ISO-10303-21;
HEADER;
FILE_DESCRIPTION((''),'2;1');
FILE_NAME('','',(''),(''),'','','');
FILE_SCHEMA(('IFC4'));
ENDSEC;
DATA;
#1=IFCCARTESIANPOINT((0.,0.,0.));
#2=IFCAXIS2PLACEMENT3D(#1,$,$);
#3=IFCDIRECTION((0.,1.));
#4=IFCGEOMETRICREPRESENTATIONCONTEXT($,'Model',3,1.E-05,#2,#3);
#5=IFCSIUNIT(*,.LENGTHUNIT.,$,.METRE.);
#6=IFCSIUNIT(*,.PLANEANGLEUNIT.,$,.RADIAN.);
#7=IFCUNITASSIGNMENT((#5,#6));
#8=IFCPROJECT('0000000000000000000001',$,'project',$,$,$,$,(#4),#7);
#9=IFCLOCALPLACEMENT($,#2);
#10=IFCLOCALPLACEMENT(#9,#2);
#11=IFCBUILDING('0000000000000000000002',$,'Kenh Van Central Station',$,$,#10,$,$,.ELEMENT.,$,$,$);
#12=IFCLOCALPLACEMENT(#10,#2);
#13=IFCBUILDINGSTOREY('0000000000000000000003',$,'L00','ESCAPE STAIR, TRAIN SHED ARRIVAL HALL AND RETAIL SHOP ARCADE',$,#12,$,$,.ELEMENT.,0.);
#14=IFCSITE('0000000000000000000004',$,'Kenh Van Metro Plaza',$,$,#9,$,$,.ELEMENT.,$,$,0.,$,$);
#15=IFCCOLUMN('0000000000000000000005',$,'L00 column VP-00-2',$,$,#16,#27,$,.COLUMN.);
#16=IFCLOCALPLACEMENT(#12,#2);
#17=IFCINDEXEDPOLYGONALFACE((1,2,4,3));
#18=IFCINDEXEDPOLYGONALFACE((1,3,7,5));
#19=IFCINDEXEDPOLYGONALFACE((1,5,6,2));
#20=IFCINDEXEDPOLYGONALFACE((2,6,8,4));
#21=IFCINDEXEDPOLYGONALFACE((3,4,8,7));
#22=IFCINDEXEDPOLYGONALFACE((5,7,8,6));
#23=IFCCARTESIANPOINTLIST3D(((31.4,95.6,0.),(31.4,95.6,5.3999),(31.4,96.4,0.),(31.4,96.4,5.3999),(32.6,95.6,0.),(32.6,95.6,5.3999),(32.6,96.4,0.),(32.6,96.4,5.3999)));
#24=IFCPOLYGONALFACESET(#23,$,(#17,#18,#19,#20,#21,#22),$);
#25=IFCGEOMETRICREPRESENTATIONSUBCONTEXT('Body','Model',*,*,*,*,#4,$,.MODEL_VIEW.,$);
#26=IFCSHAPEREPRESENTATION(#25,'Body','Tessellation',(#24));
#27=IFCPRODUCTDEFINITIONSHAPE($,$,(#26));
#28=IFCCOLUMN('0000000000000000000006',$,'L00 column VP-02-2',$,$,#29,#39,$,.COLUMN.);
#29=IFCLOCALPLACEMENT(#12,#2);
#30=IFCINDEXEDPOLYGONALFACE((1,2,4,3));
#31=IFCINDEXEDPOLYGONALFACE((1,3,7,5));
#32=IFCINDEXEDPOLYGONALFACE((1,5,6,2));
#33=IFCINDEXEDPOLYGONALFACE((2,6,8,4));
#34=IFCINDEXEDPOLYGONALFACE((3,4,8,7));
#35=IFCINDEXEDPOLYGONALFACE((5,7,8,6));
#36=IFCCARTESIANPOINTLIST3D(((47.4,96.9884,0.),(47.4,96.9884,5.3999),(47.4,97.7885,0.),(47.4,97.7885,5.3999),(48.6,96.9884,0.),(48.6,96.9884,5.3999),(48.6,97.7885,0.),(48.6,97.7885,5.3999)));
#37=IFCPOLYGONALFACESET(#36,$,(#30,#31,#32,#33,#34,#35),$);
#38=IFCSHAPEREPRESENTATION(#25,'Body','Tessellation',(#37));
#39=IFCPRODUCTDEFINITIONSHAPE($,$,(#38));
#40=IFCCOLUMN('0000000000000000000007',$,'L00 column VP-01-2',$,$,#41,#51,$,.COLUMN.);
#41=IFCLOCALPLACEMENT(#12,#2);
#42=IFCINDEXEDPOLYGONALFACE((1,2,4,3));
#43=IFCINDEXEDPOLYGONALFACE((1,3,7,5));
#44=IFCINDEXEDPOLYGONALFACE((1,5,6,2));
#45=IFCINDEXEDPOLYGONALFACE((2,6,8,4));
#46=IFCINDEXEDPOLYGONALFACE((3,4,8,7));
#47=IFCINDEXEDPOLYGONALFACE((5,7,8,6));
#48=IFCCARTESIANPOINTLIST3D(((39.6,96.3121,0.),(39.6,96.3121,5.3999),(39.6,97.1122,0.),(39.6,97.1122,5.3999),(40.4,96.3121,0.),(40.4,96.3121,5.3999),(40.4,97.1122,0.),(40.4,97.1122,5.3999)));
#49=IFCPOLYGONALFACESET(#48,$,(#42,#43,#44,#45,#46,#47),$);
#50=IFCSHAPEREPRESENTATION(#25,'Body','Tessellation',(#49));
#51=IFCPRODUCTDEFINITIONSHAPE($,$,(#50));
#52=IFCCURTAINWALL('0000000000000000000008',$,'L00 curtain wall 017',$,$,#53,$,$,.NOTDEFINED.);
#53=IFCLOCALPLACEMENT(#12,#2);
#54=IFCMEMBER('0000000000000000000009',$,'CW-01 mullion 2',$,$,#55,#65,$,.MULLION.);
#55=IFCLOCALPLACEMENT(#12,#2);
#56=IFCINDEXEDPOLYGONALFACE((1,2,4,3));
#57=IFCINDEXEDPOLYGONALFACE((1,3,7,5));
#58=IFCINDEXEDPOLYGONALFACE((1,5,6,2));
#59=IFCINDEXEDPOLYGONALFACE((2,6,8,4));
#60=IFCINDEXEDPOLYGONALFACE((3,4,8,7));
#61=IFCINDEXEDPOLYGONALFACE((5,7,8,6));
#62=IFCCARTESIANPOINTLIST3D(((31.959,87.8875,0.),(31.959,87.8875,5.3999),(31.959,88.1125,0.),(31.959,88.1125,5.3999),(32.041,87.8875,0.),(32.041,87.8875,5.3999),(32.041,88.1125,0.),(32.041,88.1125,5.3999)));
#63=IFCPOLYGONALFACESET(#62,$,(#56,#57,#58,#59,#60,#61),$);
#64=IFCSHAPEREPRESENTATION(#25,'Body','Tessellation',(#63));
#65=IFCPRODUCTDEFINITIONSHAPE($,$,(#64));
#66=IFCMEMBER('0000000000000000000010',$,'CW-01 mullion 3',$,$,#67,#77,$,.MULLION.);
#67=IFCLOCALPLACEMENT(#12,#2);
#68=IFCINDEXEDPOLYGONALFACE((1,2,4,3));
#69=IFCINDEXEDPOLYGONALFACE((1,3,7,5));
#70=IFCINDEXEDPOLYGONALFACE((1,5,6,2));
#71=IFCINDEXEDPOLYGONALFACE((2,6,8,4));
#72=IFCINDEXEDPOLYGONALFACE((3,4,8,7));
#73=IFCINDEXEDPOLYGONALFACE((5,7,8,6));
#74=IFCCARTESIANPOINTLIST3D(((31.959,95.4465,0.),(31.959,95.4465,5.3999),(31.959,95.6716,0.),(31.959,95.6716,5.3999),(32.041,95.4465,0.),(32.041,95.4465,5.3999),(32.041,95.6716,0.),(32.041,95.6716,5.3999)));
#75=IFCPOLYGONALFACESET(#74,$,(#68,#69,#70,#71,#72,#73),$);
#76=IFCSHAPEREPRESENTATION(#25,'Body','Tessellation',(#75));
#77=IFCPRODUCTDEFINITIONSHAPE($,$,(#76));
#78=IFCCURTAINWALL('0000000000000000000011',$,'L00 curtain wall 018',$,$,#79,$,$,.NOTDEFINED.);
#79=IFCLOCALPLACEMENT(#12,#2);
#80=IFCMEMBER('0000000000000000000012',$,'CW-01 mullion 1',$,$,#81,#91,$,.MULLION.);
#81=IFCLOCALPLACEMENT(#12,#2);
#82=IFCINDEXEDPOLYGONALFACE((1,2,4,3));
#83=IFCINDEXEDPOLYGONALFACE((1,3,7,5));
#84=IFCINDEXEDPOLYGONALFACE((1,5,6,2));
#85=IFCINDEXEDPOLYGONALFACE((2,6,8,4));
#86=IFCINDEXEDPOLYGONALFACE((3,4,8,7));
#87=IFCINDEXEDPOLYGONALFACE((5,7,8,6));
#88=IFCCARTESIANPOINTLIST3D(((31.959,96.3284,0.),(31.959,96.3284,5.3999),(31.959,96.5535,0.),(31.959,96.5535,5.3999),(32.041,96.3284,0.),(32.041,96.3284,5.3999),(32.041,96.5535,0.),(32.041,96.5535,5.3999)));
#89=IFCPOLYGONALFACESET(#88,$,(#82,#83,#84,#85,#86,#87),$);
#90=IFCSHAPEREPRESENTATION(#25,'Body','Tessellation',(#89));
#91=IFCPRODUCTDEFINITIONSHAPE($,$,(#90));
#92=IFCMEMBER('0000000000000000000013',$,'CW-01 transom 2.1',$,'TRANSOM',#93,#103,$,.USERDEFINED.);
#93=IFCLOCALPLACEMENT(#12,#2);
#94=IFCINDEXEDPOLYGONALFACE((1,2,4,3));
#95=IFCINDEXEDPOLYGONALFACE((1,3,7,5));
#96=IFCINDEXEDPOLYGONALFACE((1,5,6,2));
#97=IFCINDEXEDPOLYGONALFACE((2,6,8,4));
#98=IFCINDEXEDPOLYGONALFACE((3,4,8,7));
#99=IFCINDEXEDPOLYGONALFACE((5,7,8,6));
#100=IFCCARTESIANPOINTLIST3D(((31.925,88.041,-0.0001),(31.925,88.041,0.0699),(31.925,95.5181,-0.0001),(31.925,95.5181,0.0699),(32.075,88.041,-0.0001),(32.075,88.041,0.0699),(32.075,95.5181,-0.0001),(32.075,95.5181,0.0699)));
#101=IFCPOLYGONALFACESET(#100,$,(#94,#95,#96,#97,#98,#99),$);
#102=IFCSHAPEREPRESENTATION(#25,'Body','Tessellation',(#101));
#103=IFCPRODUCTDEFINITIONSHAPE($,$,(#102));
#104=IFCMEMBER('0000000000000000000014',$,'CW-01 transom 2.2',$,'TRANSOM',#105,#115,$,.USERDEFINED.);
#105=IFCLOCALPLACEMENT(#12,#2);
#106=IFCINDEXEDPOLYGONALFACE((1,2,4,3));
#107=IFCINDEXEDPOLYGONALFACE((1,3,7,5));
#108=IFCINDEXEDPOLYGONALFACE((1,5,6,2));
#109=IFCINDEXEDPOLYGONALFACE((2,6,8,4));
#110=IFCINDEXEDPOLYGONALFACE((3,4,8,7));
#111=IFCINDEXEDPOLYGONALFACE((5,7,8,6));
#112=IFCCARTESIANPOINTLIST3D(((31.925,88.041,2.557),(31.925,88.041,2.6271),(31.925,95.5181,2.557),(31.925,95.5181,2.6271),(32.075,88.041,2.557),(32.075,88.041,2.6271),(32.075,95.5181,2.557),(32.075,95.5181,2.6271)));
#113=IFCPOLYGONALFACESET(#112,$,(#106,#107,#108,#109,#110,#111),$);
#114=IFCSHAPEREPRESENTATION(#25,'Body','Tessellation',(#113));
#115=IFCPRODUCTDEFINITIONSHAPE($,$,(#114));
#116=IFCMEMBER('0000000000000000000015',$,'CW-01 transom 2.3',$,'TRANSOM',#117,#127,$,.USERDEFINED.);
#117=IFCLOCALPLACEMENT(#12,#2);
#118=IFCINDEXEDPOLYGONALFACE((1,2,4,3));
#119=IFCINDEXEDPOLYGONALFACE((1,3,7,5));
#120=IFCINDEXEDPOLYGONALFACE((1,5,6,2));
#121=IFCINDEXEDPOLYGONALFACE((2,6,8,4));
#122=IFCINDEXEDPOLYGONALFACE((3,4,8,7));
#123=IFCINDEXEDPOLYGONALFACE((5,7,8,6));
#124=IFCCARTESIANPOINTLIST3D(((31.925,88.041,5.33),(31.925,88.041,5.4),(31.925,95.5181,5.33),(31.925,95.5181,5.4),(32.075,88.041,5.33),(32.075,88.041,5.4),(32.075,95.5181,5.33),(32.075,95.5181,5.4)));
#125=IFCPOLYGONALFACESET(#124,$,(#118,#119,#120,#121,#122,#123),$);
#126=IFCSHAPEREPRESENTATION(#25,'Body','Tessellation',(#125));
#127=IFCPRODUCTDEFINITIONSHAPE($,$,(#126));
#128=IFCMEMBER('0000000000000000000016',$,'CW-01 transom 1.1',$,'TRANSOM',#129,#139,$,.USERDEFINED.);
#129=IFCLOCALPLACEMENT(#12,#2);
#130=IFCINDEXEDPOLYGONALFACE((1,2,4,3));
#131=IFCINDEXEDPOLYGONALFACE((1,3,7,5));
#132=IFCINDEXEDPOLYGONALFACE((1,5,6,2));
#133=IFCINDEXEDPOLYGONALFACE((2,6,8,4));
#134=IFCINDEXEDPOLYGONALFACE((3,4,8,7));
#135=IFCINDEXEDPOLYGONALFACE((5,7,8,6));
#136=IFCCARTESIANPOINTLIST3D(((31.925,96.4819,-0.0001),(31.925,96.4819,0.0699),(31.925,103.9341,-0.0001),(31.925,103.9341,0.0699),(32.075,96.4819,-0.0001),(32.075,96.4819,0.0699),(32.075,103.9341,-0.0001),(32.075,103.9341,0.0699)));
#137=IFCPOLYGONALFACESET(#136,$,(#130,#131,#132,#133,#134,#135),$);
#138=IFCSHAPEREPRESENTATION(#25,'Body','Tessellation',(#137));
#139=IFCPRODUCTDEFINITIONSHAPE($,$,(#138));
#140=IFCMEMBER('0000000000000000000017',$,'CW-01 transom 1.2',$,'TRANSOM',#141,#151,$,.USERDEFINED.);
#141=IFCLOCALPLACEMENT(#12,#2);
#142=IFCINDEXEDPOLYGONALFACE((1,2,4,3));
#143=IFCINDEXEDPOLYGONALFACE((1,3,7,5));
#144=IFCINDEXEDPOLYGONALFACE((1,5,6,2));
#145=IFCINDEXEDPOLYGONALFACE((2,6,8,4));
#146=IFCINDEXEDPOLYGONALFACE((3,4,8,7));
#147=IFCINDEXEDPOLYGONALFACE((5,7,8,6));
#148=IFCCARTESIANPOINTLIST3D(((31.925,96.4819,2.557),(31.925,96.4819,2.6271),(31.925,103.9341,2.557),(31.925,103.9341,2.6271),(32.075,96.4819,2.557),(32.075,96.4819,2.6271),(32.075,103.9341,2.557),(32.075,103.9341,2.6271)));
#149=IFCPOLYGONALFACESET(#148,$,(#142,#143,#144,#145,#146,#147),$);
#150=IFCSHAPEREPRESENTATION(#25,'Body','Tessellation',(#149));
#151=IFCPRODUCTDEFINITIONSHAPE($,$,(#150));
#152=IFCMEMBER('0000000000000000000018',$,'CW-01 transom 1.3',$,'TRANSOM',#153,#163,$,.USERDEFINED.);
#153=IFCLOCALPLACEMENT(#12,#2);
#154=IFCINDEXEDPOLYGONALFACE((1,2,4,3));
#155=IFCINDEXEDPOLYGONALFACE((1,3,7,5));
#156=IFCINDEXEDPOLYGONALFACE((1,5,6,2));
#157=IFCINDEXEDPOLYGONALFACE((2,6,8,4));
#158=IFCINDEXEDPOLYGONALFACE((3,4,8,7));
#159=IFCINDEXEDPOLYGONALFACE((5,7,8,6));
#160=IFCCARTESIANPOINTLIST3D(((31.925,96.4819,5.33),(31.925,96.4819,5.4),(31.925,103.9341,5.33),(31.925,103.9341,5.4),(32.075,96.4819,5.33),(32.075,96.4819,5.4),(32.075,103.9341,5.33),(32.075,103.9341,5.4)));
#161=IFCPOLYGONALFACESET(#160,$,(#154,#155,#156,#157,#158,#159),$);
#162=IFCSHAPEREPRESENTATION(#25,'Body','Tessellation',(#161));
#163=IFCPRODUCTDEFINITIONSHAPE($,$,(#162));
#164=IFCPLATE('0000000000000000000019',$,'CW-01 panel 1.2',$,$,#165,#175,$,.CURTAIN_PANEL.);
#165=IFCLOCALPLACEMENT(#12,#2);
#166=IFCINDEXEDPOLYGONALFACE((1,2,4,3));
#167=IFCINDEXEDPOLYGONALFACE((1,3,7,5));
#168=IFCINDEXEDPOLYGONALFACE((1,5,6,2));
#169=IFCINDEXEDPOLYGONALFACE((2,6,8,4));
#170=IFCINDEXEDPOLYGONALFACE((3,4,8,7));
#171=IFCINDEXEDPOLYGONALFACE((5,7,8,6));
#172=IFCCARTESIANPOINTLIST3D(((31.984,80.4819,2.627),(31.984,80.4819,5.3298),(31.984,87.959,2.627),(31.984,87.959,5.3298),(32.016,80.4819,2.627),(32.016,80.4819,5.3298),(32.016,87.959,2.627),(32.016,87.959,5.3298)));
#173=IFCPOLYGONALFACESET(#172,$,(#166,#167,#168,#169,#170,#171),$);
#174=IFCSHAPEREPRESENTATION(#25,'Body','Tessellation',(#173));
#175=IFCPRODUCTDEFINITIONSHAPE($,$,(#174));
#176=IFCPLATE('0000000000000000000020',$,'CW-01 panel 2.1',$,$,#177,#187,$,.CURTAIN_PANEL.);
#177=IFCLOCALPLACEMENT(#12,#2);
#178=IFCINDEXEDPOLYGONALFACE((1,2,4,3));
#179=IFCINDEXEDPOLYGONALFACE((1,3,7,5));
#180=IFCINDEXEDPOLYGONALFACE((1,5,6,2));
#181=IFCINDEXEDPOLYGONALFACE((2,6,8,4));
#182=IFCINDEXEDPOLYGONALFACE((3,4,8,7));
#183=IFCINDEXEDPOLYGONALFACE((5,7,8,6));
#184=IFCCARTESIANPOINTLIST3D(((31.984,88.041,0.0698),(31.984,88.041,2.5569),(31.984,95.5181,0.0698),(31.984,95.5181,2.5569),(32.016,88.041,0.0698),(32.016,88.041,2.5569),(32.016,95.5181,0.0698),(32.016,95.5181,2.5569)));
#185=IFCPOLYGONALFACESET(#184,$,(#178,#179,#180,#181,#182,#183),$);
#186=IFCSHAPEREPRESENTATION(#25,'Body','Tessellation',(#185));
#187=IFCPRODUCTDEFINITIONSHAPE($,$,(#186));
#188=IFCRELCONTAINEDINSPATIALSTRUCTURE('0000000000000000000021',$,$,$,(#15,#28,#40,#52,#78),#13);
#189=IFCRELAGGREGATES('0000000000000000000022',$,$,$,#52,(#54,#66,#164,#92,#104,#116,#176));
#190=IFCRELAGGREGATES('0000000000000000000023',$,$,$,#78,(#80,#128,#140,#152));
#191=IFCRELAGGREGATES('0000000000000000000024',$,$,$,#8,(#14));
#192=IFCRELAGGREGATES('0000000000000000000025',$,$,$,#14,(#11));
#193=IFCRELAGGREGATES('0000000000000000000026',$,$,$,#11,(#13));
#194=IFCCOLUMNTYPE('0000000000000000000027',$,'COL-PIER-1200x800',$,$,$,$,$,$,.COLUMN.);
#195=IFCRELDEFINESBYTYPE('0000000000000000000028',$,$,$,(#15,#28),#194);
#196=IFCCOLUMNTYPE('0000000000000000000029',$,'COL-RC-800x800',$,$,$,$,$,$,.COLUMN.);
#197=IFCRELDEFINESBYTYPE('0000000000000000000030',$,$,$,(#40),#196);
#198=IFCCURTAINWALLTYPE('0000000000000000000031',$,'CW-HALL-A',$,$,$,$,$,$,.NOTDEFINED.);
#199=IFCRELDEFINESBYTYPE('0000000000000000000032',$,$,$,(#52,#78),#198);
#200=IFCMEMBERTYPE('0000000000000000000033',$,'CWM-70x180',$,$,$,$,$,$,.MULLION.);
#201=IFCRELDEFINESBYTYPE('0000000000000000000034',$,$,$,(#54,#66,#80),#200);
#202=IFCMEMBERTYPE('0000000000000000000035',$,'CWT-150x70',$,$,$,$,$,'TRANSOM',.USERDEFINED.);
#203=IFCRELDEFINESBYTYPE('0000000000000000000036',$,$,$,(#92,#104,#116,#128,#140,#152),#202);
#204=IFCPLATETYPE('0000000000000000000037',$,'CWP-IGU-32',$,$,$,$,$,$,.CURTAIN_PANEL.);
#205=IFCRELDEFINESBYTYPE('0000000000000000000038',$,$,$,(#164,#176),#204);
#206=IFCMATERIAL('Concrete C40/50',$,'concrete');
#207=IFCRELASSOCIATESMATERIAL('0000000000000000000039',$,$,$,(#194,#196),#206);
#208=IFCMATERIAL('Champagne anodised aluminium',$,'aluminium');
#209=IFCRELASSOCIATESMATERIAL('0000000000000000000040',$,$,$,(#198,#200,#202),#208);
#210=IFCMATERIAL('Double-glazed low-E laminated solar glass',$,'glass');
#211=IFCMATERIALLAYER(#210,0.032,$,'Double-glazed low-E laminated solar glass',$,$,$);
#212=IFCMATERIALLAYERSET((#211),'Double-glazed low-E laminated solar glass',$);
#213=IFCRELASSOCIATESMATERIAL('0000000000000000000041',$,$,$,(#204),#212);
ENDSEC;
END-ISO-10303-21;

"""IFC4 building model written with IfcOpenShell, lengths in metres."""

from ifc_helpers import new_model, si_unit, direction, frame, origin, origin_2d, place, context, subcontext, project, spatial, rectangle, extrude, material, layer, layer_set, material_profile, profile_set, type_object, element, aggregate, save


model = new_model("IFC4")

# Units and contexts
model_context = context("Model", 3, precision=1e-05, world=origin(), true_north=direction((0.0, 1.0)))
body_context = subcontext(model_context, "Body", "Model", "MODEL_VIEW")
ifc_project = project(units=[si_unit("LENGTHUNIT", "METRE"), si_unit("PLANEANGLEUNIT", "RADIAN")], contexts=[model_context])

# Site, building, storey
site_placement = place(None, origin())
site = spatial("IfcSite", under=ifc_project, at=site_placement, Name="Kenh Van Metro Plaza", CompositionType="ELEMENT", RefElevation=0.0)
building_placement = place(site_placement, origin())
building = spatial("IfcBuilding", under=site, at=building_placement, Name="Kenh Van Central Station", CompositionType="ELEMENT")
storey_placement = place(building_placement, origin())
storey = spatial("IfcBuildingStorey", under=building, at=storey_placement, Name="L00", Description="ESCAPE STAIR, TRAIN SHED ARRIVAL HALL AND RETAIL SHOP ARCADE", CompositionType="ELEMENT", Elevation=0.0)

# Columns
ifc_material_1 = material(Name="Concrete C40/50", Category="concrete")
ifc_material_profile_1 = material_profile(ifc_material_1, rectangle(XDim=1.2, YDim=0.8, at=origin_2d()), Name="RC 1200x800")
ifc_profile_set_1 = profile_set([ifc_material_profile_1], Name="Concrete C40/50")
column_type_1 = type_object("IfcColumnType", Name="COL-PIER-1200x800", PredefinedType="COLUMN", material=ifc_profile_set_1)
for number, where, z_axis, x_axis, name in (
    (1, (32.0, 96.0, 0.0), (0.0, 0.0, 1.0), (1.0, 0.0, 0.0), "L00 column VP-00-2"),
    (2, (48.0, 97.3884, 0.0), (0.0, 0.0, 1.0), (1.0, 0.0, 0.0), "L00 column VP-02-2"),
):
    element("IfcColumn", number, at=place(storey_placement, frame(where, z_axis=z_axis, x_axis=x_axis)), inside=storey, type_object=column_type_1, Name=name, PredefinedType="COLUMN", context=body_context, shape_type="SweptSolid", body=[
        extrude(rectangle(XDim=1.2, YDim=0.8, at=origin_2d()), origin(), (0.0, 0.0, 1.0), 5.3999),
    ])
ifc_material_profile_2 = material_profile(ifc_material_1, rectangle(XDim=0.8, YDim=0.8, at=origin_2d()), Name="RC 800x800")
ifc_profile_set_2 = profile_set([ifc_material_profile_2], Name="Concrete C40/50")
column_type_2 = type_object("IfcColumnType", Name="COL-RC-800x800", PredefinedType="COLUMN", material=ifc_profile_set_2)
column_placement = place(storey_placement, frame((40.0, 96.7122, 0.0), z_axis=(0.0, 0.0, 1.0), x_axis=(1.0, 0.0, 0.0)))
element("IfcColumn", 3, at=column_placement, inside=storey, type_object=column_type_2, Name="L00 column VP-01-2", PredefinedType="COLUMN", context=body_context, shape_type="SweptSolid", body=[
    extrude(rectangle(XDim=0.8, YDim=0.8, at=origin_2d()), origin(), (0.0, 0.0, 1.0), 5.3999),
])

# Curtain wall, members
ifc_material_2 = material(Name="Champagne anodised aluminium", Category="aluminium")
curtain_wall_type = type_object("IfcCurtainWallType", Name="CW-HALL-A", PredefinedType="NOTDEFINED", material=ifc_material_2)
curtain_wall_1_placement = place(storey_placement, origin())
curtain_wall_1 = element("IfcCurtainWall", 4, at=curtain_wall_1_placement, inside=storey, type_object=curtain_wall_type, Name="L00 curtain wall 017", PredefinedType="NOTDEFINED")
ifc_material_profile_3 = material_profile(ifc_material_2, rectangle(XDim=0.082, YDim=0.2251, at=origin_2d()), Name="AL 82x225")
ifc_profile_set_3 = profile_set([ifc_material_profile_3], Name="Champagne anodised aluminium")
member_type_1 = type_object("IfcMemberType", Name="CWM-70x180", PredefinedType="MULLION", material=ifc_profile_set_3)
member_1_placement = place(storey_placement, frame((32.0, 88.0, 0.0), z_axis=(0.0, 0.0, 1.0), x_axis=(-1.0, 0.0, 0.0)))
member_1 = element("IfcMember", 5, at=member_1_placement, type_object=member_type_1, Name="CW-01 mullion 2", PredefinedType="MULLION", context=body_context, shape_type="SweptSolid", body=[
    extrude(rectangle(XDim=0.082, YDim=0.2251, at=origin_2d()), origin(), (0.0, 0.0, 1.0), 5.3999),
])
member_2_placement = place(storey_placement, frame((32.0, 95.5591, 0.0), z_axis=(0.0, 0.0, 1.0), x_axis=(-1.0, 0.0, 0.0)))
member_2 = element("IfcMember", 6, at=member_2_placement, type_object=member_type_1, Name="CW-01 mullion 3", PredefinedType="MULLION", context=body_context, shape_type="SweptSolid", body=[
    extrude(rectangle(XDim=0.082, YDim=0.2251, at=origin_2d()), origin(), (0.0, 0.0, 1.0), 5.3999),
])

# Curtain wall, member
curtain_wall_2_placement = place(storey_placement, origin())
curtain_wall_2 = element("IfcCurtainWall", 7, at=curtain_wall_2_placement, inside=storey, type_object=curtain_wall_type, Name="L00 curtain wall 018", PredefinedType="NOTDEFINED")
member_3_placement = place(storey_placement, frame((32.0, 96.4409, 0.0), z_axis=(0.0, 0.0, 1.0), x_axis=(-1.0, 0.0, 0.0)))
member_3 = element("IfcMember", 8, at=member_3_placement, type_object=member_type_1, Name="CW-01 mullion 1", PredefinedType="MULLION", context=body_context, shape_type="SweptSolid", body=[
    extrude(rectangle(XDim=0.082, YDim=0.2251, at=origin_2d()), origin(), (0.0, 0.0, 1.0), 5.3999),
])

# Members
ifc_material_profile_4 = material_profile(ifc_material_2, rectangle(XDim=0.1499, YDim=0.0701, at=origin_2d()), Name="AL 150x70")
ifc_profile_set_4 = profile_set([ifc_material_profile_4], Name="Champagne anodised aluminium")
member_type_2 = type_object("IfcMemberType", Name="CWT-150x70", ElementType="TRANSOM", PredefinedType="USERDEFINED", material=ifc_profile_set_4)
member_4_placement = place(storey_placement, frame((32.0, 88.041, 0.0349), z_axis=(0.0, 1.0, 0.0), x_axis=(-1.0, 0.0, 0.0)))
member_4 = element("IfcMember", 9, at=member_4_placement, type_object=member_type_2, Name="CW-01 transom 2.1", ObjectType="TRANSOM", PredefinedType="USERDEFINED", context=body_context, shape_type="SweptSolid", body=[
    extrude(rectangle(XDim=0.1499, YDim=0.0701, at=origin_2d()), origin(), (0.0, 0.0, 1.0), 7.4771),
])
member_5_placement = place(storey_placement, frame((32.0, 88.041, 2.592), z_axis=(0.0, 1.0, 0.0), x_axis=(-1.0, 0.0, 0.0)))
member_5 = element("IfcMember", 10, at=member_5_placement, type_object=member_type_2, Name="CW-01 transom 2.2", ObjectType="TRANSOM", PredefinedType="USERDEFINED", context=body_context, shape_type="SweptSolid", body=[
    extrude(rectangle(XDim=0.1499, YDim=0.0701, at=origin_2d()), origin(), (0.0, 0.0, 1.0), 7.4771),
])
member_6_placement = place(storey_placement, frame((32.0, 88.041, 5.365), z_axis=(0.0, 1.0, 0.0), x_axis=(-1.0, 0.0, 0.0)))
member_6 = element("IfcMember", 11, at=member_6_placement, type_object=member_type_2, Name="CW-01 transom 2.3", ObjectType="TRANSOM", PredefinedType="USERDEFINED", context=body_context, shape_type="SweptSolid", body=[
    extrude(rectangle(XDim=0.1499, YDim=0.0701, at=origin_2d()), origin(), (0.0, 0.0, 1.0), 7.4771),
])
member_7_placement = place(storey_placement, frame((32.0, 96.4819, 0.0349), z_axis=(0.0, 1.0, 0.0), x_axis=(-1.0, 0.0, 0.0)))
member_7 = element("IfcMember", 12, at=member_7_placement, type_object=member_type_2, Name="CW-01 transom 1.1", ObjectType="TRANSOM", PredefinedType="USERDEFINED", context=body_context, shape_type="SweptSolid", body=[
    extrude(rectangle(XDim=0.1499, YDim=0.0701, at=origin_2d()), origin(), (0.0, 0.0, 1.0), 7.4521),
])
member_8_placement = place(storey_placement, frame((32.0, 96.4819, 2.592), z_axis=(0.0, 1.0, 0.0), x_axis=(-1.0, 0.0, 0.0)))
member_8 = element("IfcMember", 13, at=member_8_placement, type_object=member_type_2, Name="CW-01 transom 1.2", ObjectType="TRANSOM", PredefinedType="USERDEFINED", context=body_context, shape_type="SweptSolid", body=[
    extrude(rectangle(XDim=0.1499, YDim=0.0701, at=origin_2d()), origin(), (0.0, 0.0, 1.0), 7.4521),
])
member_9_placement = place(storey_placement, frame((32.0, 96.4819, 5.365), z_axis=(0.0, 1.0, 0.0), x_axis=(-1.0, 0.0, 0.0)))
member_9 = element("IfcMember", 14, at=member_9_placement, type_object=member_type_2, Name="CW-01 transom 1.3", ObjectType="TRANSOM", PredefinedType="USERDEFINED", context=body_context, shape_type="SweptSolid", body=[
    extrude(rectangle(XDim=0.1499, YDim=0.0701, at=origin_2d()), origin(), (0.0, 0.0, 1.0), 7.4521),
])

# Plates
ifc_material_3 = material(Name="Double-glazed low-E laminated solar glass", Category="glass")
ifc_layer_1 = layer(ifc_material_3, 0.032, Name="Double-glazed low-E laminated solar glass")
ifc_layer_set_1 = layer_set([ifc_layer_1], Name="Double-glazed low-E laminated solar glass")
plate_type = type_object("IfcPlateType", Name="CWP-IGU-32", PredefinedType="CURTAIN_PANEL", material=ifc_layer_set_1)
plate_1_placement = place(storey_placement, frame((32.0, 84.2205, 2.627), z_axis=(0.0, 0.0, 1.0), x_axis=(0.0, 1.0, 0.0)))
plate_1 = element("IfcPlate", 15, at=plate_1_placement, type_object=plate_type, Name="CW-01 panel 1.2", PredefinedType="CURTAIN_PANEL", context=body_context, shape_type="SweptSolid", body=[
    extrude(rectangle(XDim=7.4771, YDim=0.032, at=origin_2d()), origin(), (0.0, 0.0, 1.0), 2.7029),
])
plate_2_placement = place(storey_placement, frame((32.0, 91.7795, 0.0698), z_axis=(0.0, 0.0, 1.0), x_axis=(0.0, 1.0, 0.0)))
plate_2 = element("IfcPlate", 16, at=plate_2_placement, type_object=plate_type, Name="CW-01 panel 2.1", PredefinedType="CURTAIN_PANEL", context=body_context, shape_type="SweptSolid", body=[
    extrude(rectangle(XDim=7.4771, YDim=0.032, at=origin_2d()), origin(), (0.0, 0.0, 1.0), 2.4871),
])
aggregate(curtain_wall_1, [member_1, member_2, plate_1, member_4, member_5, member_6, plate_2])
aggregate(curtain_wall_2, [member_3, member_7, member_8, member_9])

save(model, "model.ifc")
